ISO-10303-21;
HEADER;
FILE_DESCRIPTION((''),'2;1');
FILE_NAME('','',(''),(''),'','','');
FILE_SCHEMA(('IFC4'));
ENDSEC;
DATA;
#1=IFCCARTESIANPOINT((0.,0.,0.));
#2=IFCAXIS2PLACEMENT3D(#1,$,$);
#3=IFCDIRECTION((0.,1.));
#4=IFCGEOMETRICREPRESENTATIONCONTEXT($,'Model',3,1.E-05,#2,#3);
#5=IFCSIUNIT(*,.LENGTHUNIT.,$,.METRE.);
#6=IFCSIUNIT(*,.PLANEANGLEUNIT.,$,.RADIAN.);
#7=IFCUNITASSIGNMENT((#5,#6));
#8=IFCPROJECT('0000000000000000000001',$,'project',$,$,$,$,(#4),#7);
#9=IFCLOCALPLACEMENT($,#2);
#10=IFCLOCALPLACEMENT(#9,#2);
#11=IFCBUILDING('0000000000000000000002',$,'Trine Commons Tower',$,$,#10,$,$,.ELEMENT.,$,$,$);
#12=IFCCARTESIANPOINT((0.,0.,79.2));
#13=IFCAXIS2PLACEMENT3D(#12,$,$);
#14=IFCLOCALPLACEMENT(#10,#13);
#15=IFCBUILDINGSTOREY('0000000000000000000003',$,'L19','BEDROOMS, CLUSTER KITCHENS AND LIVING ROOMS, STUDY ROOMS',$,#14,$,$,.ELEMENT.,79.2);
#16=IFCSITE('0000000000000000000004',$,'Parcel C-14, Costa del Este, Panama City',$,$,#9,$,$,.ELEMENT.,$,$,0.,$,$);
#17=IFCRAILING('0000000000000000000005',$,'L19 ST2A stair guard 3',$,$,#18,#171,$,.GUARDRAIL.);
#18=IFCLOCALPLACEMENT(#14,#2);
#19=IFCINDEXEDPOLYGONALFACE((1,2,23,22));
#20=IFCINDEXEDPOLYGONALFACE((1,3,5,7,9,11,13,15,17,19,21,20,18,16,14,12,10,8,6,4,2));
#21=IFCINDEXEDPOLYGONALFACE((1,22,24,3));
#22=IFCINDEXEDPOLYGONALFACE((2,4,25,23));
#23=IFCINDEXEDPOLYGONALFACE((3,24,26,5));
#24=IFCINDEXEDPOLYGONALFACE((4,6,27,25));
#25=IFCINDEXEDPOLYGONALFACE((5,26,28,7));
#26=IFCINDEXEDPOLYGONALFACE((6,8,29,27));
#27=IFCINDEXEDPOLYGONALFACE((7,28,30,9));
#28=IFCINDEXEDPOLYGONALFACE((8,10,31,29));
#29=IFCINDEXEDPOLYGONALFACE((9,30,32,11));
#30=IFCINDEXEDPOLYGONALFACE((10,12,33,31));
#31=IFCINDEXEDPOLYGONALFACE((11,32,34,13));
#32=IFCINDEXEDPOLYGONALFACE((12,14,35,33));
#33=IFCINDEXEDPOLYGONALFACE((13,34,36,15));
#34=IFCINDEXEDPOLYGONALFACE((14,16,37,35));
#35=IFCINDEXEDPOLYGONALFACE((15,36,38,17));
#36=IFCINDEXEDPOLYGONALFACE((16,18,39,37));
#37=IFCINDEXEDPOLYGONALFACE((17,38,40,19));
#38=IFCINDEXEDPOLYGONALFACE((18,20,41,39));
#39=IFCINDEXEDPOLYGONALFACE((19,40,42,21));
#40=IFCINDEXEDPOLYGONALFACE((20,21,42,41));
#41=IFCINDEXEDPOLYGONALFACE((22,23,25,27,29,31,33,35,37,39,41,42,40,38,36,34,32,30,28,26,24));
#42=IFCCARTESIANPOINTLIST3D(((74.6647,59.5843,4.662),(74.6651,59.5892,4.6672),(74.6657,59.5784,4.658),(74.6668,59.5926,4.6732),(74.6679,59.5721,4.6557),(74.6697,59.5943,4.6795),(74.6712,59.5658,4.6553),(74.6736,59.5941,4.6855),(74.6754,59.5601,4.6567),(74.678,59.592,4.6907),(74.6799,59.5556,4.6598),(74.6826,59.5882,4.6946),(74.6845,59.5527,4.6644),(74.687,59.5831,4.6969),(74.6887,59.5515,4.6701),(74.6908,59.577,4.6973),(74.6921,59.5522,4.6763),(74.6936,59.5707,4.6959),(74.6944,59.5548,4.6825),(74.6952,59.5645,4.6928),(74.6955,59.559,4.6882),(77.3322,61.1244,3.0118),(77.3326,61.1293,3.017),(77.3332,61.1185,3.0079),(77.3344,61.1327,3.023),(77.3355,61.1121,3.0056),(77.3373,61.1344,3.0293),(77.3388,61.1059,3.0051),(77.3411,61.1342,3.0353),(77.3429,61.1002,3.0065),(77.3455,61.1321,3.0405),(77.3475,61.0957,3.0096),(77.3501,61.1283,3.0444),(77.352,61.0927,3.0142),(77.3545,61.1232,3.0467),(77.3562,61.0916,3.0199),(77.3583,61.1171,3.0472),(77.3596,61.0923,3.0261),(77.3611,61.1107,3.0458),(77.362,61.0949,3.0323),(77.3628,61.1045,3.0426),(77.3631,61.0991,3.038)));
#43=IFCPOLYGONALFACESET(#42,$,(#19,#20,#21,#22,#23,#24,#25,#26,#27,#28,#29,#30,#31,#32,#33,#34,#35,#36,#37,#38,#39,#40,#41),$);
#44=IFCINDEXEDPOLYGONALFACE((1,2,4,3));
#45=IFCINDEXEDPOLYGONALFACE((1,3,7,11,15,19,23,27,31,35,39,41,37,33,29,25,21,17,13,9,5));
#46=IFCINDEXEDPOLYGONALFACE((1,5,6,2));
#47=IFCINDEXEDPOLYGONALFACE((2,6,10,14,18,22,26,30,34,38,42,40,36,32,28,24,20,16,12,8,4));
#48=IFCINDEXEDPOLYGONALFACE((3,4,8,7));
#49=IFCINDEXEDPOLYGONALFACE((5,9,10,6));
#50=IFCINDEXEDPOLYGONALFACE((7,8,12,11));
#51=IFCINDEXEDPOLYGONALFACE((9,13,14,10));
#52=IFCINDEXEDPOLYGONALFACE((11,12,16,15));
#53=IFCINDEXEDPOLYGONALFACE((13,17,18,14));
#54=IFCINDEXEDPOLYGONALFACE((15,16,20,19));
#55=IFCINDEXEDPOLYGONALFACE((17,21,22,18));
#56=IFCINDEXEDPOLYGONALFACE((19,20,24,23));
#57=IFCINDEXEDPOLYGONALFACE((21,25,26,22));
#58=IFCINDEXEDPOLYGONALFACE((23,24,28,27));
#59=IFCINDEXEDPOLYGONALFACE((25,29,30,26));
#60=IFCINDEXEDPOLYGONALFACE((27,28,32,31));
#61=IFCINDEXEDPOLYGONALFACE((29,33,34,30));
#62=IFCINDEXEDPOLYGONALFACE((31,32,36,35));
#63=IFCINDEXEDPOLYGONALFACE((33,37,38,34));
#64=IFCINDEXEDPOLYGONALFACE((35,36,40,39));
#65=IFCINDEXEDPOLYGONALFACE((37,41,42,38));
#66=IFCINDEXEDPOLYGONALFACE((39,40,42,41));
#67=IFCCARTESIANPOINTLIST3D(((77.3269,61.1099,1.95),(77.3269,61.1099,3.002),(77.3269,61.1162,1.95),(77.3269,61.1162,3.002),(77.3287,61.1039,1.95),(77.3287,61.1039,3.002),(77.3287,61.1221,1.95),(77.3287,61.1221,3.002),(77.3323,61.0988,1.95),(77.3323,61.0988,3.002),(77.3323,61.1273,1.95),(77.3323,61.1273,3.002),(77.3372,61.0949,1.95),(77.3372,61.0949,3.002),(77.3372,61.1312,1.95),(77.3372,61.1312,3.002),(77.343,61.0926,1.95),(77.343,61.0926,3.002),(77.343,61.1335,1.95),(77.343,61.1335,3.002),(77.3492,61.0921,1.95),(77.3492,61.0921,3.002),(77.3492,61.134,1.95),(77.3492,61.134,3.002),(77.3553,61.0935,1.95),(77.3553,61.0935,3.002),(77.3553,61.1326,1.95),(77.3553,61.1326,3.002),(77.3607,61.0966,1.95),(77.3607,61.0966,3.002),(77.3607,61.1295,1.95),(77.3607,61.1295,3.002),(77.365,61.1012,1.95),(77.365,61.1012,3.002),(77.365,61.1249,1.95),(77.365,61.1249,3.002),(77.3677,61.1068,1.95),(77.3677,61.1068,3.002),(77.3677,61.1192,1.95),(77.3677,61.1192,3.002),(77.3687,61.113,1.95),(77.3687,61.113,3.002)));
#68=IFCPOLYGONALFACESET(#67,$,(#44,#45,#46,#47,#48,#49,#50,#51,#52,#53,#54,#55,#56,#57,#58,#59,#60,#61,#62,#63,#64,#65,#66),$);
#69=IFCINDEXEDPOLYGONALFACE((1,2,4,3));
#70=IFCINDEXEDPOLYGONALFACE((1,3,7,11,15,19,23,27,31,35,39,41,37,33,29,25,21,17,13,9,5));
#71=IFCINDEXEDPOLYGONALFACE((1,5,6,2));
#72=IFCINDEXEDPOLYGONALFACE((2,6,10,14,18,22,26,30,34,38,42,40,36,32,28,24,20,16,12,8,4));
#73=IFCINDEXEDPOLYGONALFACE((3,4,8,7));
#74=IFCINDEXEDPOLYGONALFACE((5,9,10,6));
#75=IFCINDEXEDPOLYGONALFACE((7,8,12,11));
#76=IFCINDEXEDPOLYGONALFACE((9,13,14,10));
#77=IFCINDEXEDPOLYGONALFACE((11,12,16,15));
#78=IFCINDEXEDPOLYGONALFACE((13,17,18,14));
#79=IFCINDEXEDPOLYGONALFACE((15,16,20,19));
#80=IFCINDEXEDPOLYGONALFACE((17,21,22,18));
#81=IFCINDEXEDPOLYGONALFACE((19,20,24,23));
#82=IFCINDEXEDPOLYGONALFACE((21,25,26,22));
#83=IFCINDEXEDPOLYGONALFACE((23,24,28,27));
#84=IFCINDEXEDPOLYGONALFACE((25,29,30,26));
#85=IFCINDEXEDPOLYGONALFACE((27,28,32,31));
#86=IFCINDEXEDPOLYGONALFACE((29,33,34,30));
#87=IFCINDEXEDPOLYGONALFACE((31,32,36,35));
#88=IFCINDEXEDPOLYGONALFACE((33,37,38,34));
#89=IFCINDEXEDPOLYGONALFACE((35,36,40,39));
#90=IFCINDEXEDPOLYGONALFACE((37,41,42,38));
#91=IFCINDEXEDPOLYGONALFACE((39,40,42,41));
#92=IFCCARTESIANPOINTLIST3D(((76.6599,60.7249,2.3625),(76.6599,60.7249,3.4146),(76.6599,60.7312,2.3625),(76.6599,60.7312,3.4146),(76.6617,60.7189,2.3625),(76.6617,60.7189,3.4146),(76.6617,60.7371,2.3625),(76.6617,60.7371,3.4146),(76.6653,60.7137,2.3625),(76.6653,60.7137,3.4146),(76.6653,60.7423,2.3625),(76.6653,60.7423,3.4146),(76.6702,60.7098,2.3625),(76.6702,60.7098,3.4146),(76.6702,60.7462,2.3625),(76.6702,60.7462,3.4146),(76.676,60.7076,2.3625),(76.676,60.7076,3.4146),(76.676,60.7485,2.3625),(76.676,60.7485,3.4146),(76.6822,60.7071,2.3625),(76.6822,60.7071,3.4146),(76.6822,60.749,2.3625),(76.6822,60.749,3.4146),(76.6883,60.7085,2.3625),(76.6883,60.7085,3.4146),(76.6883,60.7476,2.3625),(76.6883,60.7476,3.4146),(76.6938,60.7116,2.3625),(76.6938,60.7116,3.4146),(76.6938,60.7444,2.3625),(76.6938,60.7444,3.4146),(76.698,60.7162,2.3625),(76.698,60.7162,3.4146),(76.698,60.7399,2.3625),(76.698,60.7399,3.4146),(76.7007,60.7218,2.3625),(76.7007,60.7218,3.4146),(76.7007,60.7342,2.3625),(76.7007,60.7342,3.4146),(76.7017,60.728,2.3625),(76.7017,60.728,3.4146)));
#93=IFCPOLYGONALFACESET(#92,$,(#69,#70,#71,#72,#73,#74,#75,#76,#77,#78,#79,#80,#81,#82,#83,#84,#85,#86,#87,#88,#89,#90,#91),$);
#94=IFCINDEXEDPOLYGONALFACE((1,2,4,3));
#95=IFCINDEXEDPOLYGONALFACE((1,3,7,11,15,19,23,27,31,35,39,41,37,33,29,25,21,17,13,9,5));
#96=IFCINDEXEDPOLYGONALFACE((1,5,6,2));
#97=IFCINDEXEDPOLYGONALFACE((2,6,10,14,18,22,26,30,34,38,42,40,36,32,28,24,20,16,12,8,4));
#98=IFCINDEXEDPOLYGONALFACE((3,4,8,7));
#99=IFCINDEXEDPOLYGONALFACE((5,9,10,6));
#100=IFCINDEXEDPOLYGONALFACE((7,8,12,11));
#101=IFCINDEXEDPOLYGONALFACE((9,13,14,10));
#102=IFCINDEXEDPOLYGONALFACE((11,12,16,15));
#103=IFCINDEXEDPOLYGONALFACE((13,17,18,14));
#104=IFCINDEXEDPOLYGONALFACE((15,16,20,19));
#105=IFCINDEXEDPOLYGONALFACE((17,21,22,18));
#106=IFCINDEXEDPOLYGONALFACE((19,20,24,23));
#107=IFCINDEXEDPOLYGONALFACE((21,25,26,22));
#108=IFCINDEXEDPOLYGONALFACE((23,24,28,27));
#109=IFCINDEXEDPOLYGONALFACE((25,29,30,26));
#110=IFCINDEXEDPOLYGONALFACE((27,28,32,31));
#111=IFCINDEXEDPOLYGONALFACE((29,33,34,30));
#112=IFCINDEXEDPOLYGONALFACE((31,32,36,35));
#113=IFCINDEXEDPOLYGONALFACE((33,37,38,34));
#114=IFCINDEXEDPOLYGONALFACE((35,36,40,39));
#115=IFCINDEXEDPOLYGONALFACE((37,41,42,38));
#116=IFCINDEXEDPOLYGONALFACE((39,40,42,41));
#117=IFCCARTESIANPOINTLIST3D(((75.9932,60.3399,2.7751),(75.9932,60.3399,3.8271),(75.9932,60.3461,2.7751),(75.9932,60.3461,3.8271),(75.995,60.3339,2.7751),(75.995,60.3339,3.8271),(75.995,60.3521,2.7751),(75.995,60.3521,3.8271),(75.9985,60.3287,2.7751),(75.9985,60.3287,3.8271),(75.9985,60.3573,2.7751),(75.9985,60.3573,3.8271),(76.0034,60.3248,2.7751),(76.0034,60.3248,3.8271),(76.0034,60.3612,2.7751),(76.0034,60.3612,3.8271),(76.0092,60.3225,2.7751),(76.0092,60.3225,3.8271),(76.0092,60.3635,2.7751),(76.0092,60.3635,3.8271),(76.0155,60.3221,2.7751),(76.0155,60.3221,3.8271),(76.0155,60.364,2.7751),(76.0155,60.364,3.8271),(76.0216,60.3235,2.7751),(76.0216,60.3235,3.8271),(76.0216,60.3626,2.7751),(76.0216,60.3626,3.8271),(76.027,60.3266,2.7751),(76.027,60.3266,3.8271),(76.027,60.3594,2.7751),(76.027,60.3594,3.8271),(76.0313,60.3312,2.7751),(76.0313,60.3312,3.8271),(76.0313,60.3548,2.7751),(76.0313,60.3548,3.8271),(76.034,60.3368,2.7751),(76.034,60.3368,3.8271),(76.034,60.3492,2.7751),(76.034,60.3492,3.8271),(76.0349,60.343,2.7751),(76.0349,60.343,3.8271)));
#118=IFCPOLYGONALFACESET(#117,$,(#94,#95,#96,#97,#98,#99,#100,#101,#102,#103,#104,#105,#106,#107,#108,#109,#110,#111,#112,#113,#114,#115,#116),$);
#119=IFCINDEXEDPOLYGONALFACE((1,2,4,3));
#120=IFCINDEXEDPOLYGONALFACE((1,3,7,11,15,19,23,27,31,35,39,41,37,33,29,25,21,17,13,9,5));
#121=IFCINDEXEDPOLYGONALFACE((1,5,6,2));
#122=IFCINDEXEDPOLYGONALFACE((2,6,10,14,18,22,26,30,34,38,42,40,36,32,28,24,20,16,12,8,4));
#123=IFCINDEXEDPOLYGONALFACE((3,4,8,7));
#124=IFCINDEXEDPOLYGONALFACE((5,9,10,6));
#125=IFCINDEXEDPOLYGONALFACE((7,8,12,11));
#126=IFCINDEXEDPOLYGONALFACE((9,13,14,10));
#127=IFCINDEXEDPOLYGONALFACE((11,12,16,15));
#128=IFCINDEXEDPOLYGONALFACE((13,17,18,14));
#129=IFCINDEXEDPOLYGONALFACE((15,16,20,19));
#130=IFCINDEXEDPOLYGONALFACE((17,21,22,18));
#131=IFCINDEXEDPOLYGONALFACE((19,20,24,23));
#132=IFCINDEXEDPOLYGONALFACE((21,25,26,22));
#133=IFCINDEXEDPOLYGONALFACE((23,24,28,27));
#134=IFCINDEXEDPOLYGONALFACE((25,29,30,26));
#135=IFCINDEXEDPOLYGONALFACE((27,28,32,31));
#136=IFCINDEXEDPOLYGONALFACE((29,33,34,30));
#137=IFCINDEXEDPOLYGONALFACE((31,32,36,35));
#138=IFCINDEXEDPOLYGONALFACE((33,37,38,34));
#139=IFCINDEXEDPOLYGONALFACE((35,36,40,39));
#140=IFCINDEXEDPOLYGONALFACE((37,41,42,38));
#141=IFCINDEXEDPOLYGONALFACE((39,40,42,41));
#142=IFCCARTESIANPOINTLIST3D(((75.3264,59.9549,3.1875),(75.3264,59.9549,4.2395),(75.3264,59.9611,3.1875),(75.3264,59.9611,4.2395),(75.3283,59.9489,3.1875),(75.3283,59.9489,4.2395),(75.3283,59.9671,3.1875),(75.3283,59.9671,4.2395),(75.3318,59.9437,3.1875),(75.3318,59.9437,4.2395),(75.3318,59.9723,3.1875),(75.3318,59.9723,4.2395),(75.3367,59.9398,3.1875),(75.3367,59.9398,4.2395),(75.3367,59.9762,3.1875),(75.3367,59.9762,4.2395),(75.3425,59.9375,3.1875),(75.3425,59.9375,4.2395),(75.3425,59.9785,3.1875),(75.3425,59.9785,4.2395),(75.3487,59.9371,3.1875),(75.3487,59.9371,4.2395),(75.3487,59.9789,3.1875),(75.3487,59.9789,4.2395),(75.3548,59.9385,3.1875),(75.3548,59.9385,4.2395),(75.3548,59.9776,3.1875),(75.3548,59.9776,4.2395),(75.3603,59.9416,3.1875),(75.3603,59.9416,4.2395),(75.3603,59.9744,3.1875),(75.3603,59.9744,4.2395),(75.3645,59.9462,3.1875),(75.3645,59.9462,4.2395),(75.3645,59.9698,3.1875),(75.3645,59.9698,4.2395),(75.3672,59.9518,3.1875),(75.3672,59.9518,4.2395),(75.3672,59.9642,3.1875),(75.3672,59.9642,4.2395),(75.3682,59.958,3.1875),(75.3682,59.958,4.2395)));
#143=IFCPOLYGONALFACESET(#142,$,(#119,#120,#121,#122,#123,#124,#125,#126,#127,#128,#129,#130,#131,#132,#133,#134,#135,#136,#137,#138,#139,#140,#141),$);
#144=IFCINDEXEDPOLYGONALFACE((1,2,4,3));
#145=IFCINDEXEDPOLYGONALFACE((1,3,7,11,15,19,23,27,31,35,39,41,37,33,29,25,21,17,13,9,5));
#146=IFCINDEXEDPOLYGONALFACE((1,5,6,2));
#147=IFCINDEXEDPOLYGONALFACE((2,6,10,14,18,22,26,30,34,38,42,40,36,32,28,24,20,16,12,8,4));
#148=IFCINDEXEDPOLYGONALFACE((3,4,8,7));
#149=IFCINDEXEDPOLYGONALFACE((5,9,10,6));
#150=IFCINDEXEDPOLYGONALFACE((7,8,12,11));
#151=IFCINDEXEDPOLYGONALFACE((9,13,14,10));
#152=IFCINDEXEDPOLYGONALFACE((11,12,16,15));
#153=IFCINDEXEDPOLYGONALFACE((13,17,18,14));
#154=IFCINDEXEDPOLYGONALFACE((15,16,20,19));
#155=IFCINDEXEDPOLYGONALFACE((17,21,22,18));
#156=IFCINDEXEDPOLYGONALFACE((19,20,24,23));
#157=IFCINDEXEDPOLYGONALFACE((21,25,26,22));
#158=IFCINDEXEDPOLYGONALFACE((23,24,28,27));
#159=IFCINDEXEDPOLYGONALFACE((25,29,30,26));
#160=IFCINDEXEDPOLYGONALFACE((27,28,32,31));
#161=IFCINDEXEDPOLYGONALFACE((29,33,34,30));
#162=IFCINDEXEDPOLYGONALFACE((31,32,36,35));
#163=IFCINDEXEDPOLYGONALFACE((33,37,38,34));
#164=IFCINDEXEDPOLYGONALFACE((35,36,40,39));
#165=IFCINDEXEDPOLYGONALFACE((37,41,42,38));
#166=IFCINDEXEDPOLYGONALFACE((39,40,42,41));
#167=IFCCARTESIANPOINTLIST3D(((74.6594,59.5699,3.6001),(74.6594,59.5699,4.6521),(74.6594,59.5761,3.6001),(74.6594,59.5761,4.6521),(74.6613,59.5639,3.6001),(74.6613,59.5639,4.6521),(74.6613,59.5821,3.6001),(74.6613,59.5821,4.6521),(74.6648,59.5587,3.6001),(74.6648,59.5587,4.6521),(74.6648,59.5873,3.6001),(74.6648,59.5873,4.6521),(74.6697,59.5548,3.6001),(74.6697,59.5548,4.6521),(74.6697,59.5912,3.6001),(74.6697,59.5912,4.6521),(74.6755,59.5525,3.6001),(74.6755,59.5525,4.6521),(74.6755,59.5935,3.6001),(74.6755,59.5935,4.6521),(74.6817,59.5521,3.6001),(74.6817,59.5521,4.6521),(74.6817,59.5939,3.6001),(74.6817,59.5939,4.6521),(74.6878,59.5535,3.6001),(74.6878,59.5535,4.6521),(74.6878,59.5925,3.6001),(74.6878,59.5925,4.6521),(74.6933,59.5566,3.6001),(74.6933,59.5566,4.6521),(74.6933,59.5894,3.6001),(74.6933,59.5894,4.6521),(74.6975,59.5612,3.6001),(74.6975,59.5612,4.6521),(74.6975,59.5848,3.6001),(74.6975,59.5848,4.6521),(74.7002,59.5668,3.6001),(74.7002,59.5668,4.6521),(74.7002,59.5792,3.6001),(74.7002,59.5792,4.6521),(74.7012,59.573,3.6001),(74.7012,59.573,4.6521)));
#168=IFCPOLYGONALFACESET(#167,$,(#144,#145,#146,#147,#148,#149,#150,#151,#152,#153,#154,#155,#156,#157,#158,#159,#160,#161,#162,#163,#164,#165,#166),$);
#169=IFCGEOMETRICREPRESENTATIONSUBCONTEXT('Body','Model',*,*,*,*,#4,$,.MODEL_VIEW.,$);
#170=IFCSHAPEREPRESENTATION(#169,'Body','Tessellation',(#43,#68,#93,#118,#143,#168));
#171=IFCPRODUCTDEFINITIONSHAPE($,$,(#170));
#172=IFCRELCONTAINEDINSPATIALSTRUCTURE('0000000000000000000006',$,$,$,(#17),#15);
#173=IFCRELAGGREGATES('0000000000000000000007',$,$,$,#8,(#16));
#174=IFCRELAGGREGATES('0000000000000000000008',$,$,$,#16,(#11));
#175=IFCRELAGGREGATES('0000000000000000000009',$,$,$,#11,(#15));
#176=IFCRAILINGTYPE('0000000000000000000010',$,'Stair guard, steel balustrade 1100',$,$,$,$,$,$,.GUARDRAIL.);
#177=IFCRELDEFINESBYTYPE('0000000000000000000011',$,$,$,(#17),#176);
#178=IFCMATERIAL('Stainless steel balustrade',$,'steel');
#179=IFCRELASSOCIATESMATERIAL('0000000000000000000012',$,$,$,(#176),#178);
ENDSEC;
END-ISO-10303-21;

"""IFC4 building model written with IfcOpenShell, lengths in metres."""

from ifc_helpers import new_model, si_unit, direction, frame, origin, origin_2d, place, context, subcontext, project, spatial, circle, extrude, material, type_object, element, save


model = new_model("IFC4")

# Units and contexts
model_context = context("Model", 3, precision=1e-05, world=origin(), true_north=direction((0.0, 1.0)))
body_context = subcontext(model_context, "Body", "Model", "MODEL_VIEW")
ifc_project = project(units=[si_unit("LENGTHUNIT", "METRE"), si_unit("PLANEANGLEUNIT", "RADIAN")], contexts=[model_context])

# Site, building, storey
site_placement = place(None, origin())
site = spatial("IfcSite", under=ifc_project, at=site_placement, Name="Parcel C-14, Costa del Este, Panama City", CompositionType="ELEMENT", RefElevation=0.0)
building_placement = place(site_placement, origin())
building = spatial("IfcBuilding", under=site, at=building_placement, Name="Trine Commons Tower", CompositionType="ELEMENT")
storey_placement = place(building_placement, frame((0.0, 0.0, 79.2)))
storey = spatial("IfcBuildingStorey", under=building, at=storey_placement, Name="L19", Description="BEDROOMS, CLUSTER KITCHENS AND LIVING ROOMS, STUDY ROOMS", CompositionType="ELEMENT", Elevation=79.2)

# Railing
ifc_material_1 = material(Name="Stainless steel balustrade", Category="steel")
railing_type_1 = type_object("IfcRailingType", Name="Stair guard, steel balustrade 1100", PredefinedType="GUARDRAIL", material=ifc_material_1)
railing_1_placement = place(storey_placement, frame((77.3477, 61.113, 1.95)))
element("IfcRailing", 1, at=railing_1_placement, inside=storey, type_object=railing_type_1, Name="L19 ST2A stair guard 3", PredefinedType="GUARDRAIL", context=body_context, shape_type="SweptSolid", body=[
    extrude(circle(Radius=0.0239, at=origin_2d()), frame((0.0, 0.0, 1.0762), z_axis=(-0.76338, -0.440728, 0.472239), x_axis=(0.499992, -0.86603, 0.0)), (0.0, 0.0, 1.0), 3.4944),
    extrude(circle(Radius=0.021, at=origin_2d()), origin(), (0.0, 0.0, 1.0), 1.052),
    extrude(circle(Radius=0.021, at=origin_2d()), frame((-0.667, -0.385, 0.4126)), (0.0, 0.0, 1.0), 1.052),
    extrude(circle(Radius=0.021, at=origin_2d()), frame((-1.3337, -0.77, 0.8252)), (0.0, 0.0, 1.0), 1.052),
    extrude(circle(Radius=0.021, at=origin_2d()), frame((-2.0005, -1.155, 1.2375)), (0.0, 0.0, 1.0), 1.052),
    extrude(circle(Radius=0.021, at=origin_2d()), frame((-2.6675, -1.54, 1.6501)), (0.0, 0.0, 1.0), 1.052),
])

save(model, "model.ifc")
